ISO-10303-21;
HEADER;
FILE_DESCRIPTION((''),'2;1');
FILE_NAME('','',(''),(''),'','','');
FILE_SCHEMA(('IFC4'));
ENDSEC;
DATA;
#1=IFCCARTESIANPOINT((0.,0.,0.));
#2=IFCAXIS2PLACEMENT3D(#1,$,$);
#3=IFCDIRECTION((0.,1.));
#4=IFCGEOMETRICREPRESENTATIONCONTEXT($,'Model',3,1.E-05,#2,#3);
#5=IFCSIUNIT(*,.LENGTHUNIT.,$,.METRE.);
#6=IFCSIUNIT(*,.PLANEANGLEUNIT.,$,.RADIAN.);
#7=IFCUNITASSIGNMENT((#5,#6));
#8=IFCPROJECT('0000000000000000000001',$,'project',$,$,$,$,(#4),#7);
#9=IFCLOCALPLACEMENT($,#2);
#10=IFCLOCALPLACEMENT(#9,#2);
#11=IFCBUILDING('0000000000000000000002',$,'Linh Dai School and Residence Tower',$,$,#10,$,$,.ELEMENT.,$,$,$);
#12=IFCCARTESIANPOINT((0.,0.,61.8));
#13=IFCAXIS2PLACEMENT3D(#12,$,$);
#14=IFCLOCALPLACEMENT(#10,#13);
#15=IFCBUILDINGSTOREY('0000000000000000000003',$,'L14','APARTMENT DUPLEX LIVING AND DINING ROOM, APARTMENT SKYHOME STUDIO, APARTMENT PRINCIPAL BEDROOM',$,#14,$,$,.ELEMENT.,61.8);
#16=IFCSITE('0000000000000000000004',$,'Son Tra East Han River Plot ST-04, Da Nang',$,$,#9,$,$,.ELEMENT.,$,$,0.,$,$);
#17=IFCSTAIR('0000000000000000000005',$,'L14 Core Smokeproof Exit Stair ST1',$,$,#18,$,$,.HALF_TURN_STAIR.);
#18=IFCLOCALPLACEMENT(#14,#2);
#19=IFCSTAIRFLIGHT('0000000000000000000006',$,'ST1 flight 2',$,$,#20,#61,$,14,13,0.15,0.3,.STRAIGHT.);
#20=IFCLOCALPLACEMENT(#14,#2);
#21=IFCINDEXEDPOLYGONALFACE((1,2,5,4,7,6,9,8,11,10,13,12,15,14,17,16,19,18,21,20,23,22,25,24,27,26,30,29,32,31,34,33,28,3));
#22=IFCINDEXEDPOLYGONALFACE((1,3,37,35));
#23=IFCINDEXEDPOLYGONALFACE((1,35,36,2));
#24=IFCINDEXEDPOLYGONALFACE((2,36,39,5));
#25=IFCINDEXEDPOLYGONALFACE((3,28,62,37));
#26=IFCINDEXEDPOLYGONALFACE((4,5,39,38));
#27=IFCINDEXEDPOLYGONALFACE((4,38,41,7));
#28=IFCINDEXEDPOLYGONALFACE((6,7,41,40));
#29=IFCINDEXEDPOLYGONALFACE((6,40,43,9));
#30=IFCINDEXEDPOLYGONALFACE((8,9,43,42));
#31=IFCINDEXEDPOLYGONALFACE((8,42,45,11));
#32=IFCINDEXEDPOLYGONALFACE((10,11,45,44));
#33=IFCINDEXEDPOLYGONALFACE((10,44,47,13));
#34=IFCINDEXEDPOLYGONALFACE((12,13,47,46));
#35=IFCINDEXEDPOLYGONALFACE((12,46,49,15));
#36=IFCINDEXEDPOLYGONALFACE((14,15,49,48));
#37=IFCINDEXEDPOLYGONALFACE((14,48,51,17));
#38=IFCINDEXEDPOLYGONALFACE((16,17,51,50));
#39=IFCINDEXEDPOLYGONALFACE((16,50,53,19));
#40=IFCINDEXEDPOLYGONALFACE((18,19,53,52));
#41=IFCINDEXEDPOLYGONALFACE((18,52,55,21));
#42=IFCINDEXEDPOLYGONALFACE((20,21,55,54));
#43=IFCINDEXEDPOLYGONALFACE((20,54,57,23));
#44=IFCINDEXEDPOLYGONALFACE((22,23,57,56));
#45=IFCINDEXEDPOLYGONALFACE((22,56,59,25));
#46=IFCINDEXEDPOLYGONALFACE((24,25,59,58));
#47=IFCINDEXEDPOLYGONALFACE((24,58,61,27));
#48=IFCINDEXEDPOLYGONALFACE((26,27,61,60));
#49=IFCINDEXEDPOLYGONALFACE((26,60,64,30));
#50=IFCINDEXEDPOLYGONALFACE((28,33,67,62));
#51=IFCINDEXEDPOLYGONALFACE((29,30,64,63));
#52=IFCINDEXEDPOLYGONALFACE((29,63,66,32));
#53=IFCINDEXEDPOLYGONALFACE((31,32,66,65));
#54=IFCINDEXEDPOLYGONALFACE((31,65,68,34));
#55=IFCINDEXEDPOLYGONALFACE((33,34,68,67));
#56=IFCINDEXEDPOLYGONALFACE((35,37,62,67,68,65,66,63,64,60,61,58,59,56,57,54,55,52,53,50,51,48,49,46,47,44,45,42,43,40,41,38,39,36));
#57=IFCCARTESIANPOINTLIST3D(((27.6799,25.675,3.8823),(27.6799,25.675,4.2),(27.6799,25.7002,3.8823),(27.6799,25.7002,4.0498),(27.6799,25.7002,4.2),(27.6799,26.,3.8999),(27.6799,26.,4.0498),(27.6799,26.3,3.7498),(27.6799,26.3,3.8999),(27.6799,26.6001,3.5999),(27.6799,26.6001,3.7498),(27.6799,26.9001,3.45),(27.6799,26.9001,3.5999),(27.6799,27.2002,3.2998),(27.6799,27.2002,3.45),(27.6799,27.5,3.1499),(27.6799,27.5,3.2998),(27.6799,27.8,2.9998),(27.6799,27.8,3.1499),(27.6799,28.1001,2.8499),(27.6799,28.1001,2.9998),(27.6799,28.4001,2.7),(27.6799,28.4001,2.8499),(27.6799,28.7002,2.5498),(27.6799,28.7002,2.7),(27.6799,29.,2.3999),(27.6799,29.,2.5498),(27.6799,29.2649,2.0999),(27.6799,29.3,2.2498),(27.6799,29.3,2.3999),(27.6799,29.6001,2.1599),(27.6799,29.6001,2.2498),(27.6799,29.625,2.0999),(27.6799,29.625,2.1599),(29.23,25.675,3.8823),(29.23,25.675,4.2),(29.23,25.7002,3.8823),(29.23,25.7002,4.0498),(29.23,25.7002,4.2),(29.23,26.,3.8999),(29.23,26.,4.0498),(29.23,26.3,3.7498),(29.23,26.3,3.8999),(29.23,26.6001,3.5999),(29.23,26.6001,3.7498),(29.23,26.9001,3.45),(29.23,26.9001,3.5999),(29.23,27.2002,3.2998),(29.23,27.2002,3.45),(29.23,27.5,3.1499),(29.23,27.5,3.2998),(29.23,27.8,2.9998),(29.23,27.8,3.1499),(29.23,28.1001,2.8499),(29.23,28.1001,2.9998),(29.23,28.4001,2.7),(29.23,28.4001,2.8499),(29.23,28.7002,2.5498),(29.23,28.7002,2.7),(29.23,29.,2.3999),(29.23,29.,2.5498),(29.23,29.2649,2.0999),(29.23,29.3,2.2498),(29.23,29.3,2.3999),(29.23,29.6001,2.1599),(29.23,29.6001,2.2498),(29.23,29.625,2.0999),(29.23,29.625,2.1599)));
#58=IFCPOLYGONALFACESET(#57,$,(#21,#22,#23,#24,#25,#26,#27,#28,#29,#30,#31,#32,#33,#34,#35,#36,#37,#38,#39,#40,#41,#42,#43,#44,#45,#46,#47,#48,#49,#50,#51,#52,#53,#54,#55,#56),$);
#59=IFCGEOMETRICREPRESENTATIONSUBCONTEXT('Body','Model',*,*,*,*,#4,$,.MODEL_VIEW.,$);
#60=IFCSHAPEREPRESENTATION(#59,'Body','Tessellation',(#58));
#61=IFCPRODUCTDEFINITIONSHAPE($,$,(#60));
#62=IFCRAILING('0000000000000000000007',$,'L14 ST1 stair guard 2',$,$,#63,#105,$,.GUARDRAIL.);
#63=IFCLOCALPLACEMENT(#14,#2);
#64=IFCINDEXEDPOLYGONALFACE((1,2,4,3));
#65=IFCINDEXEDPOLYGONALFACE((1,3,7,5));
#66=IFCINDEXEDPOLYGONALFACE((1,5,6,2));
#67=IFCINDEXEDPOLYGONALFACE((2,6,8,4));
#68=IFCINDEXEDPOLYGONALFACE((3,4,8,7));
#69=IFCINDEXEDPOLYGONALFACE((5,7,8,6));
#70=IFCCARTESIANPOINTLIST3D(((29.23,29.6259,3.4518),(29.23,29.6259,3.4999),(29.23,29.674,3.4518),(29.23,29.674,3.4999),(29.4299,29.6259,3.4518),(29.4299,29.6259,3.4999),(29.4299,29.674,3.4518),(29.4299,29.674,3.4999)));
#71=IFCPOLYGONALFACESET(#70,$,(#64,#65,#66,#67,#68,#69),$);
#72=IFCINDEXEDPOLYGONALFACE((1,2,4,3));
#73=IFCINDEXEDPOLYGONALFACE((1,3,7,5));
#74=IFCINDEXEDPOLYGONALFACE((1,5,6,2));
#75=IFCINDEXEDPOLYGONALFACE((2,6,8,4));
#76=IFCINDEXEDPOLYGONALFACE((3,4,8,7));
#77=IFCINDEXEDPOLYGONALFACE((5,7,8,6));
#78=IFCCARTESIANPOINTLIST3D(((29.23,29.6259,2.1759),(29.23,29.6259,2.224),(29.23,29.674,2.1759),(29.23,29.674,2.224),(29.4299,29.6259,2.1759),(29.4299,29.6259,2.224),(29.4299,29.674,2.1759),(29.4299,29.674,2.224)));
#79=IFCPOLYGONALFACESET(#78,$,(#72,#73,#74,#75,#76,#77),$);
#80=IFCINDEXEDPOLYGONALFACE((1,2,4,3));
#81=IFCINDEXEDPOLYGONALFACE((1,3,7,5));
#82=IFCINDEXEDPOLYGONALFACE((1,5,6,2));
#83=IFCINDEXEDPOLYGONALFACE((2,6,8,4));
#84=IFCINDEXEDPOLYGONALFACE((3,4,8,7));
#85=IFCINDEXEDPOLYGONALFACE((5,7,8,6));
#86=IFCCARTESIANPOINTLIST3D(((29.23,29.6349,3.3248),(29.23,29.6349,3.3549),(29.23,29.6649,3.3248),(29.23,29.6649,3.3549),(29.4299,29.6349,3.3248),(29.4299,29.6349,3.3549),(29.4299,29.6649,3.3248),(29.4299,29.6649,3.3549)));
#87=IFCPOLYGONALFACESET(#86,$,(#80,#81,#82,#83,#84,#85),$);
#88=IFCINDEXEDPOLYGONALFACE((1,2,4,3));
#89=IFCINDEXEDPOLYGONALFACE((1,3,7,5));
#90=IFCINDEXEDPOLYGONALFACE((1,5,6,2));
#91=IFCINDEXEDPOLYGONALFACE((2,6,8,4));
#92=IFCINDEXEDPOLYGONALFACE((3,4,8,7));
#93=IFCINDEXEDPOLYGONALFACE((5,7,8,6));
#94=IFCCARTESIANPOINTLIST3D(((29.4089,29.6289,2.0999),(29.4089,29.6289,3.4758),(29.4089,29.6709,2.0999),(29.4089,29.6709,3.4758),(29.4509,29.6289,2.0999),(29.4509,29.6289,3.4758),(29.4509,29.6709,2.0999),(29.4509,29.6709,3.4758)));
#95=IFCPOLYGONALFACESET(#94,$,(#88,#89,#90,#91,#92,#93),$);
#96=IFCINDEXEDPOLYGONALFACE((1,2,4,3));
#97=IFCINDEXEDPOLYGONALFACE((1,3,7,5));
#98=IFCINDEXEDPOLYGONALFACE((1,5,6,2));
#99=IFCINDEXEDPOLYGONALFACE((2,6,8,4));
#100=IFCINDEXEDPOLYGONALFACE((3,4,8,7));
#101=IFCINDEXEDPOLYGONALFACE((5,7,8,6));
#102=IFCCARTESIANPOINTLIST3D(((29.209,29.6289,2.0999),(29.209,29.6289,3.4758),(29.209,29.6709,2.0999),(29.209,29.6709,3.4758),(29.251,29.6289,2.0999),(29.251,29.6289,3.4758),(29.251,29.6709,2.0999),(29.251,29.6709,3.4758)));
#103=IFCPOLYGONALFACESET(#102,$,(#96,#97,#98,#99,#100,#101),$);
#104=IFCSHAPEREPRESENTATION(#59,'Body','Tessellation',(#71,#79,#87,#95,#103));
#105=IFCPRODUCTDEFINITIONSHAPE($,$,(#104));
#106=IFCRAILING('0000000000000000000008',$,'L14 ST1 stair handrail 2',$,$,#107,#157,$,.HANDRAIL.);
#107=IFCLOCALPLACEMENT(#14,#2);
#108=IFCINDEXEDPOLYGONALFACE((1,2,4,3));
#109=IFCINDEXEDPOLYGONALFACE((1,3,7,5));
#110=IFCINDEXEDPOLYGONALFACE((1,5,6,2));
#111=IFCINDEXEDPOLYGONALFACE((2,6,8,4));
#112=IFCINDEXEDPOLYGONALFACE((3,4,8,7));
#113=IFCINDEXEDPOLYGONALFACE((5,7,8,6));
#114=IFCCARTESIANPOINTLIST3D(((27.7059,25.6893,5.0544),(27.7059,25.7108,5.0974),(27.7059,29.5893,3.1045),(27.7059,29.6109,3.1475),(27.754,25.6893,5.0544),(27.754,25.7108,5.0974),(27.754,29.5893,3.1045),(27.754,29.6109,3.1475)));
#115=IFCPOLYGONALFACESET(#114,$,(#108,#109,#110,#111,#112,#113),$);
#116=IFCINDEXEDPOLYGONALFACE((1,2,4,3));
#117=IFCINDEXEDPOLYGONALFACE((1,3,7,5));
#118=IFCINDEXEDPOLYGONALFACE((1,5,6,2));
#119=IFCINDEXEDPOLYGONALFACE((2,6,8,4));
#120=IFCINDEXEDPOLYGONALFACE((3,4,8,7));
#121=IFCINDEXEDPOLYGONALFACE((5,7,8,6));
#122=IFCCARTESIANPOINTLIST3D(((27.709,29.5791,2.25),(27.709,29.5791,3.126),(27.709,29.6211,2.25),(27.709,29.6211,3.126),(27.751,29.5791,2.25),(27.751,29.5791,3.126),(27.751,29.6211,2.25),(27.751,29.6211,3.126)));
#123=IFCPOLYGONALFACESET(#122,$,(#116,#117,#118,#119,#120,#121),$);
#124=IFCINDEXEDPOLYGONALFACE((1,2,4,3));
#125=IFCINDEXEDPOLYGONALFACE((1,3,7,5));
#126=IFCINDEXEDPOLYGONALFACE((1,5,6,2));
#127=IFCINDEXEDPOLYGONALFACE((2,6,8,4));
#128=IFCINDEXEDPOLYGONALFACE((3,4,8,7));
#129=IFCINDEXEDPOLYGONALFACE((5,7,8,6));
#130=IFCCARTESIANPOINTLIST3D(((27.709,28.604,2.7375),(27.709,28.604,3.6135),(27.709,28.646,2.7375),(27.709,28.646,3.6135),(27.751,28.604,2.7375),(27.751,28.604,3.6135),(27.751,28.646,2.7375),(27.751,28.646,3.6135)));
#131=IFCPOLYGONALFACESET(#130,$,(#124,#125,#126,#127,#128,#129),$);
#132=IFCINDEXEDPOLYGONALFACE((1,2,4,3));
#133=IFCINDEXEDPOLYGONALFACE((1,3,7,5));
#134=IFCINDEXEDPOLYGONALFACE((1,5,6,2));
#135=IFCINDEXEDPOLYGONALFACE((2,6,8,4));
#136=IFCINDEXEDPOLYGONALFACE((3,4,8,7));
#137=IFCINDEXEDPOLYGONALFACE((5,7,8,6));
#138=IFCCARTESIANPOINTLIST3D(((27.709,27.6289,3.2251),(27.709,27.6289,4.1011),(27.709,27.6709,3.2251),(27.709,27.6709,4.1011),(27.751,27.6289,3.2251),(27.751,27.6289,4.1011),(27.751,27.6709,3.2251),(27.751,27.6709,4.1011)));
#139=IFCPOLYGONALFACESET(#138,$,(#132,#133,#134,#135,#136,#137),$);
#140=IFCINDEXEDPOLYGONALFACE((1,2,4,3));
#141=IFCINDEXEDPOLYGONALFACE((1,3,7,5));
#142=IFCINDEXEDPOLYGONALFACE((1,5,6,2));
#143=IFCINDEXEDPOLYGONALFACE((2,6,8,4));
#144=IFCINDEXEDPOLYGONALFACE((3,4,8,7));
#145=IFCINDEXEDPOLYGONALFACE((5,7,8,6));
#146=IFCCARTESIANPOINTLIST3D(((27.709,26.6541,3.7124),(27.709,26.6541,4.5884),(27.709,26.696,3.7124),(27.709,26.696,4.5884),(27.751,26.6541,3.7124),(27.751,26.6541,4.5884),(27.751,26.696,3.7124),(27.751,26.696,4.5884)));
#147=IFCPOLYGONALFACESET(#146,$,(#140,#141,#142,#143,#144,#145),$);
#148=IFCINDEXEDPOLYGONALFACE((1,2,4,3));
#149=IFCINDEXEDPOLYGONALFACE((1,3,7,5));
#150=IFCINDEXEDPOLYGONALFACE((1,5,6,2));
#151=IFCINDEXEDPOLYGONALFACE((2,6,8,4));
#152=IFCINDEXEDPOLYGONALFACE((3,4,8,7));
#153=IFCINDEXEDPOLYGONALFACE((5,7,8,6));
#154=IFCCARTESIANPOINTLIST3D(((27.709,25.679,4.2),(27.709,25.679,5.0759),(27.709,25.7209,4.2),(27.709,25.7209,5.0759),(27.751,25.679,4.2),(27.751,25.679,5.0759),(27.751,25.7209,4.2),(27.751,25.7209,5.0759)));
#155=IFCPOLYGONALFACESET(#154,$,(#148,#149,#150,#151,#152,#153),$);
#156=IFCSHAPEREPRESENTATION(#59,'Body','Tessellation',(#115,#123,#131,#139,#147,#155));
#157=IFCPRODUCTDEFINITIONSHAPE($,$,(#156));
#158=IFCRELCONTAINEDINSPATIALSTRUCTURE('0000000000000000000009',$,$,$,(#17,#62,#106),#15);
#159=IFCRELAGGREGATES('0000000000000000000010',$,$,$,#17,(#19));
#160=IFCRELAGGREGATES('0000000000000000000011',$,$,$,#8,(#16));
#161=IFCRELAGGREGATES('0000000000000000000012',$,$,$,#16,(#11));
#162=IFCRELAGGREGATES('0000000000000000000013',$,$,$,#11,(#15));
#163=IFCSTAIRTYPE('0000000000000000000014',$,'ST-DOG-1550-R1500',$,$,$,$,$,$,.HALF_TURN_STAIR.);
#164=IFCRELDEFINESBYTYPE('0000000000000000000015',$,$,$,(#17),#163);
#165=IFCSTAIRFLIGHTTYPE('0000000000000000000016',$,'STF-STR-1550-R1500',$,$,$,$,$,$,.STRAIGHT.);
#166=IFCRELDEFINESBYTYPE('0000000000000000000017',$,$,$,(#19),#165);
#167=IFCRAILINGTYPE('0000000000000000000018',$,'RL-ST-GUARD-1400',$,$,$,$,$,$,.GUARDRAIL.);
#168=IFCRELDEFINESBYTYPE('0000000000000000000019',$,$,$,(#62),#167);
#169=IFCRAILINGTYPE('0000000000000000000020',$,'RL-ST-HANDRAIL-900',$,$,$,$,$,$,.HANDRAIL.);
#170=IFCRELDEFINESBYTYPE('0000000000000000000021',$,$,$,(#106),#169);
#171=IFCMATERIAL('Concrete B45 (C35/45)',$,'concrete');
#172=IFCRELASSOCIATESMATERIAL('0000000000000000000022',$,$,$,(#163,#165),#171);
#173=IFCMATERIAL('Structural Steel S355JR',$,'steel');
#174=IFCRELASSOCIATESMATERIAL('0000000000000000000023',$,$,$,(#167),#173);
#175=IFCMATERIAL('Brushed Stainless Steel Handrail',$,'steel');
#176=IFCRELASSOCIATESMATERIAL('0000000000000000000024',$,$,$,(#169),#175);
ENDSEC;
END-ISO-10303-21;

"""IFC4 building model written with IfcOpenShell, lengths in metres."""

from ifc_helpers import new_model, si_unit, direction, frame, origin, origin_2d, place, context, subcontext, project, spatial, polyline, rectangle, outline, extrude, source, transform, mapped, material, type_object, element, aggregate, save


model = new_model("IFC4")

# Units and contexts
model_context = context("Model", 3, precision=1e-05, world=origin(), true_north=direction((0.0, 1.0)))
body_context = subcontext(model_context, "Body", "Model", "MODEL_VIEW")
ifc_project = project(units=[si_unit("LENGTHUNIT", "METRE"), si_unit("PLANEANGLEUNIT", "RADIAN")], contexts=[model_context])

# Site, building, storey
site_placement = place(None, origin())
site = spatial("IfcSite", under=ifc_project, at=site_placement, Name="Son Tra East Han River Plot ST-04, Da Nang", CompositionType="ELEMENT", RefElevation=0.0)
building_placement = place(site_placement, origin())
building = spatial("IfcBuilding", under=site, at=building_placement, Name="Linh Dai School and Residence Tower", CompositionType="ELEMENT")
storey_placement = place(building_placement, frame((0.0, 0.0, 61.8)))
storey = spatial("IfcBuildingStorey", under=building, at=storey_placement, Name="L14", Description="APARTMENT DUPLEX LIVING AND DINING ROOM, APARTMENT SKYHOME STUDIO, APARTMENT PRINCIPAL BEDROOM", CompositionType="ELEMENT", Elevation=61.8)

# Shared definitions
ifc_material_1 = material(Name="Structural Steel S355JR", Category="steel")

# Shared definitions
ifc_material_2 = material(Name="Concrete B45 (C35/45)", Category="concrete")

# Stair, stair flight
stair_type = type_object("IfcStairType", Name="ST-DOG-1550-R1500", PredefinedType="HALF_TURN_STAIR", material=ifc_material_2)
stair_placement = place(storey_placement, origin())
stair = element("IfcStair", 1, at=stair_placement, inside=storey, type_object=stair_type, Name="L14 Core Smokeproof Exit Stair ST1", PredefinedType="HALF_TURN_STAIR")
stair_flight_type = type_object("IfcStairFlightType", Name="STF-STR-1550-R1500", PredefinedType="STRAIGHT", material=ifc_material_2)
shared_shape_1 = source(origin(), body_context, "Body", "SweptSolid", [
    extrude(outline(polyline([(-0.0249, 0.0), (-0.0249, 0.0601), (0.0, 0.0601), (0.0, 0.1499), (0.3, 0.1499), (0.3, 0.3), (0.6001, 0.3), (0.6001, 0.45), (0.8999, 0.45), (0.8999, 0.6001), (1.2, 0.6001), (1.2, 0.75), (1.5, 0.75), (1.5, 0.8999), (1.8, 0.8999), (1.8, 1.05), (2.1001, 1.05), (2.1001, 1.2), (2.3999, 1.2), (2.3999, 1.3501), (2.7, 1.3501), (2.7, 1.5), (3.0, 1.5), (3.0, 1.6499), (3.3, 1.6499), (3.3, 1.8), (3.6001, 1.8), (3.6001, 1.95), (3.8999, 1.95), (3.8999, 2.1001), (3.925, 2.1001), (3.925, 1.7825), (3.8999, 1.7825), (0.3352, 0.0), (-0.0249, 0.0)])), frame((0.0, 0.7749, 0.0), z_axis=(0.0, -1.0, 0.0), x_axis=(1.0, 0.0, 0.0)), (0.0, 0.0, 1.0), 1.55),
])
stair_flight_placement = place(storey_placement, frame((28.4551, 29.6001, 2.0999), z_axis=(0.0, 0.0, 1.0), x_axis=(0.0, -1.0, 0.0)))
stair_flight = element("IfcStairFlight", 2, at=stair_flight_placement, type_object=stair_flight_type, Name="ST1 flight 2", NumberOfRisers=14, NumberOfTreads=13, PredefinedType="STRAIGHT", RiserHeight=0.15, TreadLength=0.3, context=body_context, shape_type="MappedRepresentation", body=[
    mapped(shared_shape_1, transform((0.0, 0.0, 0.0), x_axis=(1.0, 0.0, 0.0), y_axis=(0.0, 1.0, 0.0), z_axis=(0.0, 0.0, 1.0), scale=1.0)),
])
aggregate(stair, [stair_flight])

# Railings
railing_type_1 = type_object("IfcRailingType", Name="RL-ST-GUARD-1400", PredefinedType="GUARDRAIL", material=ifc_material_1)
shared_shape_2 = source(origin(), body_context, "Body", "SweptSolid", [
    extrude(rectangle(XDim=0.0481, YDim=0.0481, at=origin_2d()), frame((0.0, 0.0, 1.376), z_axis=(-1.0, 0.0, 0.0), x_axis=(0.0, -1.0, 0.0)), (0.0, 0.0, 1.0), 0.2),
    extrude(rectangle(XDim=0.0481, YDim=0.0481, at=origin_2d()), frame((0.0, 0.0, 0.1001), z_axis=(-1.0, 0.0, 0.0), x_axis=(0.0, -1.0, 0.0)), (0.0, 0.0, 1.0), 0.2),
    extrude(rectangle(XDim=0.03, YDim=0.03, at=origin_2d()), frame((0.0, 0.0, 1.24), z_axis=(-1.0, 0.0, 0.0), x_axis=(0.0, -1.0, 0.0)), (0.0, 0.0, 1.0), 0.2),
    extrude(rectangle(XDim=0.042, YDim=0.042, at=origin_2d()), origin(), (0.0, 0.0, 1.0), 1.376),
    extrude(rectangle(XDim=0.042, YDim=0.042, at=origin_2d()), frame((-0.2, 0.0, 0.0)), (0.0, 0.0, 1.0), 1.376),
])
railing_1_placement = place(storey_placement, frame((29.4299, 29.6499, 2.0999)))
element("IfcRailing", 3, at=railing_1_placement, inside=storey, type_object=railing_type_1, Name="L14 ST1 stair guard 2", PredefinedType="GUARDRAIL", context=body_context, shape_type="MappedRepresentation", body=[
    mapped(shared_shape_2, transform((0.0, 0.0, 0.0), x_axis=(1.0, 0.0, 0.0), y_axis=(0.0, 1.0, 0.0), z_axis=(0.0, 0.0, 1.0), scale=1.0)),
])
ifc_material_3 = material(Name="Brushed Stainless Steel Handrail", Category="steel")
railing_type_2 = type_object("IfcRailingType", Name="RL-ST-HANDRAIL-900", PredefinedType="HANDRAIL", material=ifc_material_3)
shared_shape_3 = source(origin(), body_context, "Body", "SweptSolid", [
    extrude(rectangle(XDim=0.0481, YDim=0.0481, at=origin_2d()), frame((0.0, 0.0, 0.876), z_axis=(0.0, -0.894438, 0.447191), x_axis=(1.0, 0.0, 0.0)), (0.0, 0.0, 1.0), 4.3604),
    extrude(rectangle(XDim=0.042, YDim=0.042, at=origin_2d()), origin(), (0.0, 0.0, 1.0), 0.876),
    extrude(rectangle(XDim=0.042, YDim=0.042, at=origin_2d()), frame((0.0, -0.9751, 0.4875)), (0.0, 0.0, 1.0), 0.876),
    extrude(rectangle(XDim=0.042, YDim=0.042, at=origin_2d()), frame((0.0, -1.9502, 0.9751)), (0.0, 0.0, 1.0), 0.876),
    extrude(rectangle(XDim=0.042, YDim=0.042, at=origin_2d()), frame((0.0, -2.925, 1.4624)), (0.0, 0.0, 1.0), 0.876),
    extrude(rectangle(XDim=0.042, YDim=0.042, at=origin_2d()), frame((0.0, -3.9001, 1.95)), (0.0, 0.0, 1.0), 0.876),
])
railing_2_placement = place(storey_placement, frame((27.73, 29.6001, 2.25)))
element("IfcRailing", 4, at=railing_2_placement, inside=storey, type_object=railing_type_2, Name="L14 ST1 stair handrail 2", PredefinedType="HANDRAIL", context=body_context, shape_type="MappedRepresentation", body=[
    mapped(shared_shape_3, transform((0.0, 0.0, 0.0), x_axis=(1.0, 0.0, 0.0), y_axis=(0.0, 1.0, 0.0), z_axis=(0.0, 0.0, 1.0), scale=1.0)),
])

save(model, "model.ifc")
